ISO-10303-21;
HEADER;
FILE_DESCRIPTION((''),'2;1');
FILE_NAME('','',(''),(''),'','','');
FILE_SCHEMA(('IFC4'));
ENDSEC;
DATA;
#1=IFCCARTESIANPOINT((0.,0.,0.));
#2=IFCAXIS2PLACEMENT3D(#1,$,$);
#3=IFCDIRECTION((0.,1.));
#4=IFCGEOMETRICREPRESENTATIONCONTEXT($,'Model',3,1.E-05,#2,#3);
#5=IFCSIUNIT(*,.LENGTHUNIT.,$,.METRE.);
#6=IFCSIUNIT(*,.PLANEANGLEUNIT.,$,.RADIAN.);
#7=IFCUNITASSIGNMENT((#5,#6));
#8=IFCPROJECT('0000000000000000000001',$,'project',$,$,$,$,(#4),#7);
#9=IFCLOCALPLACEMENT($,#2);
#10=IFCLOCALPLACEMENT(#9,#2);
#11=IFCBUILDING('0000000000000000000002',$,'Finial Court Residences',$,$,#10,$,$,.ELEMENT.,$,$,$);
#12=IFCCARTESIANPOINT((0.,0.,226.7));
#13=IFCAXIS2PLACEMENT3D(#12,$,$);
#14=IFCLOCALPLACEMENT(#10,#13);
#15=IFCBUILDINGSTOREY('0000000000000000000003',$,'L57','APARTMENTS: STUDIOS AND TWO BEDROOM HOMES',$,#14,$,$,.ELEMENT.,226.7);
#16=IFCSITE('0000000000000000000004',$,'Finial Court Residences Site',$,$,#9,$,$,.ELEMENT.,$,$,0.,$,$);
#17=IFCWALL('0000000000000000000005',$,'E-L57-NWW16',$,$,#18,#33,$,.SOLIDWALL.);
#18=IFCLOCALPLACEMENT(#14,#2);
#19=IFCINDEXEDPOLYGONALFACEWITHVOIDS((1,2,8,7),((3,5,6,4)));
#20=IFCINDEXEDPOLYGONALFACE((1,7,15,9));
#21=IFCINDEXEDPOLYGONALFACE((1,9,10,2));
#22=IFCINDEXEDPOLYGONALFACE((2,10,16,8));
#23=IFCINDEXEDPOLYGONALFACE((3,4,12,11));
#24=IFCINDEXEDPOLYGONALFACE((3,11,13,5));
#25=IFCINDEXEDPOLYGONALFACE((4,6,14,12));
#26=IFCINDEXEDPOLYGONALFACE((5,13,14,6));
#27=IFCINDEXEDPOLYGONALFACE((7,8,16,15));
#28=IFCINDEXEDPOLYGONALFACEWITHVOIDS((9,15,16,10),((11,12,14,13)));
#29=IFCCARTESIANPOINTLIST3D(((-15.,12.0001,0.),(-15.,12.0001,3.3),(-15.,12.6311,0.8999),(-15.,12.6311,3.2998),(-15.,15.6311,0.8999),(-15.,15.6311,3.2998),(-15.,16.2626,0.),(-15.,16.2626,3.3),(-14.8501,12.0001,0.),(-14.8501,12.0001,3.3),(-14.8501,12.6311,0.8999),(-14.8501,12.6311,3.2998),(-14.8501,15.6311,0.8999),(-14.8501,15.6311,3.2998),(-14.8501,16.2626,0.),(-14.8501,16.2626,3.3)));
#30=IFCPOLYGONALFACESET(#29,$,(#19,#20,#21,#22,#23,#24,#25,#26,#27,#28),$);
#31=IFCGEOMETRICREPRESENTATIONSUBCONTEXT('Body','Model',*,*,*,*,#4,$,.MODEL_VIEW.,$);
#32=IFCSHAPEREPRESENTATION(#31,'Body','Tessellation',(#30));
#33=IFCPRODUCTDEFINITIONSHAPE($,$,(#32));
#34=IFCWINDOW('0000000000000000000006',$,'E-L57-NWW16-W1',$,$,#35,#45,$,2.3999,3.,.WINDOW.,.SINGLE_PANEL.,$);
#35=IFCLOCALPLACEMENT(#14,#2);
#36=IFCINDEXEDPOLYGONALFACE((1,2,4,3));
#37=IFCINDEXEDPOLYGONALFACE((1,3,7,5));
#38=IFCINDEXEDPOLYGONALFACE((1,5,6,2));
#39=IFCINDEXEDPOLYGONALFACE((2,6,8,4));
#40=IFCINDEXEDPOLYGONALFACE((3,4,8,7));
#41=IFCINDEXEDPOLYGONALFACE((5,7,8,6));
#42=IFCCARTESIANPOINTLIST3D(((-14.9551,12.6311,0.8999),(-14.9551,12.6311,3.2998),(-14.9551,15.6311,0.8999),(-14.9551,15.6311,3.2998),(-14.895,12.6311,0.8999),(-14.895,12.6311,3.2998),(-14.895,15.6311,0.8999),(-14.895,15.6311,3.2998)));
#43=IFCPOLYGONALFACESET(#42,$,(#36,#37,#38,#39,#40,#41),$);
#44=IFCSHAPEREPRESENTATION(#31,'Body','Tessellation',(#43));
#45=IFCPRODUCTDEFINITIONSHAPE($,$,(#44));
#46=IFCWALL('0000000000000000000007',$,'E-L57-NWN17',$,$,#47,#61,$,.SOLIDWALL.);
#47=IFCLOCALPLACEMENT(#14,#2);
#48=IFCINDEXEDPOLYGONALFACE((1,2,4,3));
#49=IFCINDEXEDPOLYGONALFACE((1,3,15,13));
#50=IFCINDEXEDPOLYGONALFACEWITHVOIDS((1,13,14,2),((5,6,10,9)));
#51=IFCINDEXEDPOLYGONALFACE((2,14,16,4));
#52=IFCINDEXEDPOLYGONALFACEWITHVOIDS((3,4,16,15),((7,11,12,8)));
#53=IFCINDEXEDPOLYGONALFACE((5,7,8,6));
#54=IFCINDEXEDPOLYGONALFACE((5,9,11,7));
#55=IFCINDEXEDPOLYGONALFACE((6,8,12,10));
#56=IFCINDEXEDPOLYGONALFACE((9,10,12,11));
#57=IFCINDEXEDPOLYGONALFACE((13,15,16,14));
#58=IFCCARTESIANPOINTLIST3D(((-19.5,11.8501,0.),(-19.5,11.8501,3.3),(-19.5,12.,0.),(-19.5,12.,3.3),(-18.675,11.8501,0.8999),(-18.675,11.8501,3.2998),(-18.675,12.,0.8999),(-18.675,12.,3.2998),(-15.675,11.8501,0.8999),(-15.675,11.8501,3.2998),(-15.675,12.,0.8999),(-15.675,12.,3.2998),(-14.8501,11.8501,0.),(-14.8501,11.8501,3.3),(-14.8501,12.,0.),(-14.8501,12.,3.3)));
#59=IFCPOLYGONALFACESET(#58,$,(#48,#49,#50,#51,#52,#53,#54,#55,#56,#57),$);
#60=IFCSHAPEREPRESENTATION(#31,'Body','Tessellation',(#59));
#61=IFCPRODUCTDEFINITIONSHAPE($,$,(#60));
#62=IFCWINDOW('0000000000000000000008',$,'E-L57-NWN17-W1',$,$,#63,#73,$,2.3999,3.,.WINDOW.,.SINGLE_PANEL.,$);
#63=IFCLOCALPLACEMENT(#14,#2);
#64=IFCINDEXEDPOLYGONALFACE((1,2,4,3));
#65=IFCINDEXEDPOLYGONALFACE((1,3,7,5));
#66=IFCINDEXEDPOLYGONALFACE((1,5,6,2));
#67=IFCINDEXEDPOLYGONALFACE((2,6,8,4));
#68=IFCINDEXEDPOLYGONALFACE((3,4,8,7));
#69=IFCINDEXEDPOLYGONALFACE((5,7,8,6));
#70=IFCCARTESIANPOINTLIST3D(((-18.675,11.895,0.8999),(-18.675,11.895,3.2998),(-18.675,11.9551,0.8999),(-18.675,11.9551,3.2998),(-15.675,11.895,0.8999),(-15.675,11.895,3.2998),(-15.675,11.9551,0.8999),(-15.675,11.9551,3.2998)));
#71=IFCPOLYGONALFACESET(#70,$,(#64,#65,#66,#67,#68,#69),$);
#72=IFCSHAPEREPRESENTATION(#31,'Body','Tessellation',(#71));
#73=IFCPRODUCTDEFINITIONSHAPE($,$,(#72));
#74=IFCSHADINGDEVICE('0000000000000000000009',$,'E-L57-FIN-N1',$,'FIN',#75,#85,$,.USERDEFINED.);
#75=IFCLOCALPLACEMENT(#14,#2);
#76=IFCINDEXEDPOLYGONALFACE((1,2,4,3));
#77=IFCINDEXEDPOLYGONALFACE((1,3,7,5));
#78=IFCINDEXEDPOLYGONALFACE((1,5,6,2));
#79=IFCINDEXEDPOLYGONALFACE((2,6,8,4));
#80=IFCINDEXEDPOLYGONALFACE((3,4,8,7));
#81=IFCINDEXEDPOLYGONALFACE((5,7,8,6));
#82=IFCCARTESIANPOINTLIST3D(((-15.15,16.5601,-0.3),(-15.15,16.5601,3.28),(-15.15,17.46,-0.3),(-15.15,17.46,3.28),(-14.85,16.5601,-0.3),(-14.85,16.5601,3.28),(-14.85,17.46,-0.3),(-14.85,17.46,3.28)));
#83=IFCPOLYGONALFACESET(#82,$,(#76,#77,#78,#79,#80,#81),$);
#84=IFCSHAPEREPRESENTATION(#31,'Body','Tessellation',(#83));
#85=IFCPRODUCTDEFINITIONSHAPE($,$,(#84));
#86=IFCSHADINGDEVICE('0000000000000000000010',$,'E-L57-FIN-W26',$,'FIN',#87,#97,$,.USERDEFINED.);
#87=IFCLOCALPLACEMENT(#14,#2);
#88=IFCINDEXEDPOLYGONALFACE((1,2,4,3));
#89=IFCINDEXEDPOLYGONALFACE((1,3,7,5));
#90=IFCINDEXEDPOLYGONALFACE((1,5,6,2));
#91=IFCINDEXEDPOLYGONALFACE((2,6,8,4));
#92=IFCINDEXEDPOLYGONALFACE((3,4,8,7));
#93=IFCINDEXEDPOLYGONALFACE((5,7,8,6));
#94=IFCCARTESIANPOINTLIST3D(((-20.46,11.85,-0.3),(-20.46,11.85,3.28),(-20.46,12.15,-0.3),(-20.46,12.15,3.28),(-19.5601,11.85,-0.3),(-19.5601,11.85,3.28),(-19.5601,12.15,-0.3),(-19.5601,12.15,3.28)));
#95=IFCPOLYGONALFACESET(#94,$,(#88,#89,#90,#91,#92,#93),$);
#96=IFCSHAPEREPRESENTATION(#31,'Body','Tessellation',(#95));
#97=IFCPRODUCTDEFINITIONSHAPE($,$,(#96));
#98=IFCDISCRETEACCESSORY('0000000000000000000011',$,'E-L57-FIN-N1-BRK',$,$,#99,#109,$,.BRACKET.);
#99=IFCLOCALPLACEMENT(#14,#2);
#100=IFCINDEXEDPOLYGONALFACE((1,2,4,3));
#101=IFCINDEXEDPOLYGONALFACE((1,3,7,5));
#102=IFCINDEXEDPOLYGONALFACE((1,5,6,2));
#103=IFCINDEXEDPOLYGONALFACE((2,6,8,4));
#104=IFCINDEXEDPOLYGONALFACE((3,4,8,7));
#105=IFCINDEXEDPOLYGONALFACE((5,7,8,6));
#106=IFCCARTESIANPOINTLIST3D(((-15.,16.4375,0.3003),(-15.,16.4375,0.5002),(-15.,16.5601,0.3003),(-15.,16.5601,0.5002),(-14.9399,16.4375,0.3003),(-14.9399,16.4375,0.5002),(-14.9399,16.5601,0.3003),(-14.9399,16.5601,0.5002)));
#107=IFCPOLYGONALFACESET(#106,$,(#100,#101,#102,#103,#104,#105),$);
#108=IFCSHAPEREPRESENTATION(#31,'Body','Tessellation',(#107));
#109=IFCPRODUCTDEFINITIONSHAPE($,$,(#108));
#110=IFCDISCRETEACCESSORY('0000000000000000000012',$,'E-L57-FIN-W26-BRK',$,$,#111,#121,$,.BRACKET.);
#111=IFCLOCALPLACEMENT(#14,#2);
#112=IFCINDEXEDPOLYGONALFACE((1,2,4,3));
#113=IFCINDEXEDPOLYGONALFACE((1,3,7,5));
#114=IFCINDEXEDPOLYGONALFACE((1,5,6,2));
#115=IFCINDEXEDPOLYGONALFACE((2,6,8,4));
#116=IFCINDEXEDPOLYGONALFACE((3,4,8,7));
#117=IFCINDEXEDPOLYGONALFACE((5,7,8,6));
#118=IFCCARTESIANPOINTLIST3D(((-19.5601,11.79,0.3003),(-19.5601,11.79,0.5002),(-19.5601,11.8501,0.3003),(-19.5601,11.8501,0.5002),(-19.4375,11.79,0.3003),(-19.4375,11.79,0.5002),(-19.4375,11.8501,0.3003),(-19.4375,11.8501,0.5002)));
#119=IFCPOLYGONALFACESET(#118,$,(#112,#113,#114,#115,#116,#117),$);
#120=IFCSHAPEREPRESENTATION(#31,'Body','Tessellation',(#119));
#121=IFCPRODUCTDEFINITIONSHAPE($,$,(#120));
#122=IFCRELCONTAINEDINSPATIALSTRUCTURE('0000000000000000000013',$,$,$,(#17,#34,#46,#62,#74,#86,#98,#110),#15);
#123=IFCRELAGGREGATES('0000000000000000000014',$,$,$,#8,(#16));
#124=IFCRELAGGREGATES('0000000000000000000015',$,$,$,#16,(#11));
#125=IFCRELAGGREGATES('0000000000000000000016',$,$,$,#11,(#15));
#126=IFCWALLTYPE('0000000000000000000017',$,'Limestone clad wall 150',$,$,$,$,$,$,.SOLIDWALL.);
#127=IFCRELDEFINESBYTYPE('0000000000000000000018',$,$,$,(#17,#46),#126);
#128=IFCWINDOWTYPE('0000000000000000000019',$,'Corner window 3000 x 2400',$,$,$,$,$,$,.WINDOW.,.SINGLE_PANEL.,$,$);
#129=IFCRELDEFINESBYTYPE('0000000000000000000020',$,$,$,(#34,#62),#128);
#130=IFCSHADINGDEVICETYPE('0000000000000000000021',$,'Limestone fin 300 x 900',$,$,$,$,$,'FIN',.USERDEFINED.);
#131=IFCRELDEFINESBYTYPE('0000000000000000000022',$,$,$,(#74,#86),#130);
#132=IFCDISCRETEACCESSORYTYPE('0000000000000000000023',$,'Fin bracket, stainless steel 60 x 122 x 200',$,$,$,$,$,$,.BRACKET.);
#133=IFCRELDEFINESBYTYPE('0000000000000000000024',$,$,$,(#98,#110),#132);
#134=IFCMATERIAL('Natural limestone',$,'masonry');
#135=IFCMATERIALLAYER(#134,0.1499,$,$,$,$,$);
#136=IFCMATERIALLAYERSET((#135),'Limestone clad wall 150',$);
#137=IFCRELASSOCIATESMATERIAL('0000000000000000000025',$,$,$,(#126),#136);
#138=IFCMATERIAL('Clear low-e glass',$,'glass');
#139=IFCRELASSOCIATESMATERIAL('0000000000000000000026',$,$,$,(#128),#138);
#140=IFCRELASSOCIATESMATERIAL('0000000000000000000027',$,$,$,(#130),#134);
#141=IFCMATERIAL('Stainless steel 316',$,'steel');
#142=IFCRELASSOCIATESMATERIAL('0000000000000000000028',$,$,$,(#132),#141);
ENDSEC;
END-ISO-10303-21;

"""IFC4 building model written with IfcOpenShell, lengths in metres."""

from ifc_helpers import new_model, si_unit, direction, frame, frame_2d, origin, origin_2d, place, context, subcontext, project, spatial, rectangle, extrude, material, layer, layer_set, type_object, element, fill, save


model = new_model("IFC4")

# Units and contexts
model_context = context("Model", 3, precision=1e-05, world=origin(), true_north=direction((0.0, 1.0)))
body_context = subcontext(model_context, "Body", "Model", "MODEL_VIEW")
ifc_project = project(units=[si_unit("LENGTHUNIT", "METRE"), si_unit("PLANEANGLEUNIT", "RADIAN")], contexts=[model_context])

# Site, building, storey
site_placement = place(None, origin())
site = spatial("IfcSite", under=ifc_project, at=site_placement, Name="Finial Court Residences Site", CompositionType="ELEMENT", RefElevation=0.0)
building_placement = place(site_placement, origin())
building = spatial("IfcBuilding", under=site, at=building_placement, Name="Finial Court Residences", CompositionType="ELEMENT")
storey_placement = place(building_placement, frame((0.0, 0.0, 226.7)))
storey = spatial("IfcBuildingStorey", under=building, at=storey_placement, Name="L57", Description="APARTMENTS: STUDIOS AND TWO BEDROOM HOMES", CompositionType="ELEMENT", Elevation=226.7)

# Shared definitions
ifc_material_1 = material(Name="Clear low-e glass", Category="glass")

# Walls, openings, windows
ifc_material_2 = material(Name="Natural limestone", Category="masonry")
ifc_layer_1 = layer(ifc_material_2, 0.1499)
ifc_layer_set_1 = layer_set([ifc_layer_1], Name="Limestone clad wall 150")
wall_type_1 = type_object("IfcWallType", Name="Limestone clad wall 150", PredefinedType="SOLIDWALL", material=ifc_layer_set_1)
wall_1_placement = place(storey_placement, frame((-14.925, 12.0, 0.0), z_axis=(0.0, 0.0, 1.0), x_axis=(0.0, 1.0, 0.0)))
wall_1 = element("IfcWall", 1, at=wall_1_placement, inside=storey, type_object=wall_type_1, Name="E-L57-NWW16", PredefinedType="SOLIDWALL", context=body_context, shape_type="SweptSolid", body=[
    extrude(rectangle(XDim=4.2625, YDim=0.1499, at=frame_2d((2.1313, 0.0))), origin(), (0.0, 0.0, 1.0), 3.3),
])
opening_1_placement = place(wall_1_placement, frame((0.6311, 0.0, 0.8999)))
opening_1 = element("IfcOpeningElement", 2, at=opening_1_placement, cuts=wall_1, PredefinedType="OPENING", context=body_context, shape_type="SweptSolid", body=[
    extrude(rectangle(XDim=3.0, YDim=2.3999, at=frame_2d((1.5, 1.2))), frame((0.0, 0.085, 0.0), z_axis=(0.0, -1.0, 0.0), x_axis=(1.0, 0.0, 0.0)), (0.0, 0.0, 1.0), 0.1699),
])
window_type = type_object("IfcWindowType", Name="Corner window 3000 x 2400", PartitioningType="SINGLE_PANEL", PredefinedType="WINDOW", material=ifc_material_1)
window_1_placement = place(opening_1_placement, origin())
window_1 = element("IfcWindow", 3, at=window_1_placement, inside=storey, type_object=window_type, Name="E-L57-NWW16-W1", OverallHeight=2.3999, OverallWidth=3.0, PartitioningType="SINGLE_PANEL", PredefinedType="WINDOW", context=body_context, shape_type="SweptSolid", body=[
    extrude(rectangle(XDim=3.0, YDim=2.3999, at=frame_2d((1.5, 1.2))), frame((0.0, 0.03, 0.0), z_axis=(0.0, -1.0, 0.0), x_axis=(1.0, 0.0, 0.0)), (0.0, 0.0, 1.0), 0.0601),
])
fill(opening_1, window_1)
wall_2_placement = place(storey_placement, frame((-19.5, 11.925, 0.0), z_axis=(0.0, 0.0, 1.0), x_axis=(1.0, 0.0, 0.0)))
wall_2 = element("IfcWall", 4, at=wall_2_placement, inside=storey, type_object=wall_type_1, Name="E-L57-NWN17", PredefinedType="SOLIDWALL", context=body_context, shape_type="SweptSolid", body=[
    extrude(rectangle(XDim=4.6499, YDim=0.1499, at=frame_2d((2.325, 0.0))), origin(), (0.0, 0.0, 1.0), 3.3),
])
opening_2_placement = place(wall_2_placement, frame((0.825, 0.0, 0.8999)))
opening_2 = element("IfcOpeningElement", 5, at=opening_2_placement, cuts=wall_2, PredefinedType="OPENING", context=body_context, shape_type="SweptSolid", body=[
    extrude(rectangle(XDim=3.0, YDim=2.3999, at=frame_2d((1.5, 1.2))), frame((0.0, 0.085, 0.0), z_axis=(0.0, -1.0, 0.0), x_axis=(1.0, 0.0, 0.0)), (0.0, 0.0, 1.0), 0.1699),
])
window_2_placement = place(opening_2_placement, origin())
window_2 = element("IfcWindow", 6, at=window_2_placement, inside=storey, type_object=window_type, Name="E-L57-NWN17-W1", OverallHeight=2.3999, OverallWidth=3.0, PartitioningType="SINGLE_PANEL", PredefinedType="WINDOW", context=body_context, shape_type="SweptSolid", body=[
    extrude(rectangle(XDim=3.0, YDim=2.3999, at=frame_2d((1.5, 1.2))), frame((0.0, 0.03, 0.0), z_axis=(0.0, -1.0, 0.0), x_axis=(1.0, 0.0, 0.0)), (0.0, 0.0, 1.0), 0.0601),
])
fill(opening_2, window_2)

# Shading devices
shading_device_type = type_object("IfcShadingDeviceType", Name="Limestone fin 300 x 900", ElementType="FIN", PredefinedType="USERDEFINED", material=ifc_material_2)
shading_device_1_placement = place(storey_placement, frame((-15.0, 17.01, -0.3), z_axis=(0.0, 0.0, 1.0), x_axis=(1.0, 0.0, 0.0)))
element("IfcShadingDevice", 7, at=shading_device_1_placement, inside=storey, type_object=shading_device_type, Name="E-L57-FIN-N1", ObjectType="FIN", PredefinedType="USERDEFINED", context=body_context, shape_type="SweptSolid", body=[
    extrude(rectangle(XDim=0.3, YDim=0.8999, at=origin_2d()), origin(), (0.0, 0.0, 1.0), 3.5801),
])
shading_device_2_placement = place(storey_placement, frame((-20.01, 12.0, -0.3), z_axis=(0.0, 0.0, 1.0), x_axis=(1.0, 0.0, 0.0)))
element("IfcShadingDevice", 8, at=shading_device_2_placement, inside=storey, type_object=shading_device_type, Name="E-L57-FIN-W26", ObjectType="FIN", PredefinedType="USERDEFINED", context=body_context, shape_type="SweptSolid", body=[
    extrude(rectangle(XDim=0.8999, YDim=0.3, at=origin_2d()), origin(), (0.0, 0.0, 1.0), 3.5801),
])

# Discrete accessories
ifc_material_3 = material(Name="Stainless steel 316", Category="steel")
discrete_accessory_type = type_object("IfcDiscreteAccessoryType", Name="Fin bracket, stainless steel 60 x 122 x 200", PredefinedType="BRACKET", material=ifc_material_3)
discrete_accessory_1_placement = place(storey_placement, frame((-14.97, 16.4988, 0.3003), z_axis=(0.0, 0.0, 1.0), x_axis=(1.0, 0.0, 0.0)))
element("IfcDiscreteAccessory", 9, at=discrete_accessory_1_placement, inside=storey, type_object=discrete_accessory_type, Name="E-L57-FIN-N1-BRK", PredefinedType="BRACKET", context=body_context, shape_type="SweptSolid", body=[
    extrude(rectangle(XDim=0.0601, YDim=0.1226, at=origin_2d()), origin(), (0.0, 0.0, 1.0), 0.2),
])
discrete_accessory_2_placement = place(storey_placement, frame((-19.4988, 11.8201, 0.3003), z_axis=(0.0, 0.0, 1.0), x_axis=(1.0, 0.0, 0.0)))
element("IfcDiscreteAccessory", 10, at=discrete_accessory_2_placement, inside=storey, type_object=discrete_accessory_type, Name="E-L57-FIN-W26-BRK", PredefinedType="BRACKET", context=body_context, shape_type="SweptSolid", body=[
    extrude(rectangle(XDim=0.1226, YDim=0.0601, at=origin_2d()), origin(), (0.0, 0.0, 1.0), 0.2),
])

save(model, "model.ifc")
